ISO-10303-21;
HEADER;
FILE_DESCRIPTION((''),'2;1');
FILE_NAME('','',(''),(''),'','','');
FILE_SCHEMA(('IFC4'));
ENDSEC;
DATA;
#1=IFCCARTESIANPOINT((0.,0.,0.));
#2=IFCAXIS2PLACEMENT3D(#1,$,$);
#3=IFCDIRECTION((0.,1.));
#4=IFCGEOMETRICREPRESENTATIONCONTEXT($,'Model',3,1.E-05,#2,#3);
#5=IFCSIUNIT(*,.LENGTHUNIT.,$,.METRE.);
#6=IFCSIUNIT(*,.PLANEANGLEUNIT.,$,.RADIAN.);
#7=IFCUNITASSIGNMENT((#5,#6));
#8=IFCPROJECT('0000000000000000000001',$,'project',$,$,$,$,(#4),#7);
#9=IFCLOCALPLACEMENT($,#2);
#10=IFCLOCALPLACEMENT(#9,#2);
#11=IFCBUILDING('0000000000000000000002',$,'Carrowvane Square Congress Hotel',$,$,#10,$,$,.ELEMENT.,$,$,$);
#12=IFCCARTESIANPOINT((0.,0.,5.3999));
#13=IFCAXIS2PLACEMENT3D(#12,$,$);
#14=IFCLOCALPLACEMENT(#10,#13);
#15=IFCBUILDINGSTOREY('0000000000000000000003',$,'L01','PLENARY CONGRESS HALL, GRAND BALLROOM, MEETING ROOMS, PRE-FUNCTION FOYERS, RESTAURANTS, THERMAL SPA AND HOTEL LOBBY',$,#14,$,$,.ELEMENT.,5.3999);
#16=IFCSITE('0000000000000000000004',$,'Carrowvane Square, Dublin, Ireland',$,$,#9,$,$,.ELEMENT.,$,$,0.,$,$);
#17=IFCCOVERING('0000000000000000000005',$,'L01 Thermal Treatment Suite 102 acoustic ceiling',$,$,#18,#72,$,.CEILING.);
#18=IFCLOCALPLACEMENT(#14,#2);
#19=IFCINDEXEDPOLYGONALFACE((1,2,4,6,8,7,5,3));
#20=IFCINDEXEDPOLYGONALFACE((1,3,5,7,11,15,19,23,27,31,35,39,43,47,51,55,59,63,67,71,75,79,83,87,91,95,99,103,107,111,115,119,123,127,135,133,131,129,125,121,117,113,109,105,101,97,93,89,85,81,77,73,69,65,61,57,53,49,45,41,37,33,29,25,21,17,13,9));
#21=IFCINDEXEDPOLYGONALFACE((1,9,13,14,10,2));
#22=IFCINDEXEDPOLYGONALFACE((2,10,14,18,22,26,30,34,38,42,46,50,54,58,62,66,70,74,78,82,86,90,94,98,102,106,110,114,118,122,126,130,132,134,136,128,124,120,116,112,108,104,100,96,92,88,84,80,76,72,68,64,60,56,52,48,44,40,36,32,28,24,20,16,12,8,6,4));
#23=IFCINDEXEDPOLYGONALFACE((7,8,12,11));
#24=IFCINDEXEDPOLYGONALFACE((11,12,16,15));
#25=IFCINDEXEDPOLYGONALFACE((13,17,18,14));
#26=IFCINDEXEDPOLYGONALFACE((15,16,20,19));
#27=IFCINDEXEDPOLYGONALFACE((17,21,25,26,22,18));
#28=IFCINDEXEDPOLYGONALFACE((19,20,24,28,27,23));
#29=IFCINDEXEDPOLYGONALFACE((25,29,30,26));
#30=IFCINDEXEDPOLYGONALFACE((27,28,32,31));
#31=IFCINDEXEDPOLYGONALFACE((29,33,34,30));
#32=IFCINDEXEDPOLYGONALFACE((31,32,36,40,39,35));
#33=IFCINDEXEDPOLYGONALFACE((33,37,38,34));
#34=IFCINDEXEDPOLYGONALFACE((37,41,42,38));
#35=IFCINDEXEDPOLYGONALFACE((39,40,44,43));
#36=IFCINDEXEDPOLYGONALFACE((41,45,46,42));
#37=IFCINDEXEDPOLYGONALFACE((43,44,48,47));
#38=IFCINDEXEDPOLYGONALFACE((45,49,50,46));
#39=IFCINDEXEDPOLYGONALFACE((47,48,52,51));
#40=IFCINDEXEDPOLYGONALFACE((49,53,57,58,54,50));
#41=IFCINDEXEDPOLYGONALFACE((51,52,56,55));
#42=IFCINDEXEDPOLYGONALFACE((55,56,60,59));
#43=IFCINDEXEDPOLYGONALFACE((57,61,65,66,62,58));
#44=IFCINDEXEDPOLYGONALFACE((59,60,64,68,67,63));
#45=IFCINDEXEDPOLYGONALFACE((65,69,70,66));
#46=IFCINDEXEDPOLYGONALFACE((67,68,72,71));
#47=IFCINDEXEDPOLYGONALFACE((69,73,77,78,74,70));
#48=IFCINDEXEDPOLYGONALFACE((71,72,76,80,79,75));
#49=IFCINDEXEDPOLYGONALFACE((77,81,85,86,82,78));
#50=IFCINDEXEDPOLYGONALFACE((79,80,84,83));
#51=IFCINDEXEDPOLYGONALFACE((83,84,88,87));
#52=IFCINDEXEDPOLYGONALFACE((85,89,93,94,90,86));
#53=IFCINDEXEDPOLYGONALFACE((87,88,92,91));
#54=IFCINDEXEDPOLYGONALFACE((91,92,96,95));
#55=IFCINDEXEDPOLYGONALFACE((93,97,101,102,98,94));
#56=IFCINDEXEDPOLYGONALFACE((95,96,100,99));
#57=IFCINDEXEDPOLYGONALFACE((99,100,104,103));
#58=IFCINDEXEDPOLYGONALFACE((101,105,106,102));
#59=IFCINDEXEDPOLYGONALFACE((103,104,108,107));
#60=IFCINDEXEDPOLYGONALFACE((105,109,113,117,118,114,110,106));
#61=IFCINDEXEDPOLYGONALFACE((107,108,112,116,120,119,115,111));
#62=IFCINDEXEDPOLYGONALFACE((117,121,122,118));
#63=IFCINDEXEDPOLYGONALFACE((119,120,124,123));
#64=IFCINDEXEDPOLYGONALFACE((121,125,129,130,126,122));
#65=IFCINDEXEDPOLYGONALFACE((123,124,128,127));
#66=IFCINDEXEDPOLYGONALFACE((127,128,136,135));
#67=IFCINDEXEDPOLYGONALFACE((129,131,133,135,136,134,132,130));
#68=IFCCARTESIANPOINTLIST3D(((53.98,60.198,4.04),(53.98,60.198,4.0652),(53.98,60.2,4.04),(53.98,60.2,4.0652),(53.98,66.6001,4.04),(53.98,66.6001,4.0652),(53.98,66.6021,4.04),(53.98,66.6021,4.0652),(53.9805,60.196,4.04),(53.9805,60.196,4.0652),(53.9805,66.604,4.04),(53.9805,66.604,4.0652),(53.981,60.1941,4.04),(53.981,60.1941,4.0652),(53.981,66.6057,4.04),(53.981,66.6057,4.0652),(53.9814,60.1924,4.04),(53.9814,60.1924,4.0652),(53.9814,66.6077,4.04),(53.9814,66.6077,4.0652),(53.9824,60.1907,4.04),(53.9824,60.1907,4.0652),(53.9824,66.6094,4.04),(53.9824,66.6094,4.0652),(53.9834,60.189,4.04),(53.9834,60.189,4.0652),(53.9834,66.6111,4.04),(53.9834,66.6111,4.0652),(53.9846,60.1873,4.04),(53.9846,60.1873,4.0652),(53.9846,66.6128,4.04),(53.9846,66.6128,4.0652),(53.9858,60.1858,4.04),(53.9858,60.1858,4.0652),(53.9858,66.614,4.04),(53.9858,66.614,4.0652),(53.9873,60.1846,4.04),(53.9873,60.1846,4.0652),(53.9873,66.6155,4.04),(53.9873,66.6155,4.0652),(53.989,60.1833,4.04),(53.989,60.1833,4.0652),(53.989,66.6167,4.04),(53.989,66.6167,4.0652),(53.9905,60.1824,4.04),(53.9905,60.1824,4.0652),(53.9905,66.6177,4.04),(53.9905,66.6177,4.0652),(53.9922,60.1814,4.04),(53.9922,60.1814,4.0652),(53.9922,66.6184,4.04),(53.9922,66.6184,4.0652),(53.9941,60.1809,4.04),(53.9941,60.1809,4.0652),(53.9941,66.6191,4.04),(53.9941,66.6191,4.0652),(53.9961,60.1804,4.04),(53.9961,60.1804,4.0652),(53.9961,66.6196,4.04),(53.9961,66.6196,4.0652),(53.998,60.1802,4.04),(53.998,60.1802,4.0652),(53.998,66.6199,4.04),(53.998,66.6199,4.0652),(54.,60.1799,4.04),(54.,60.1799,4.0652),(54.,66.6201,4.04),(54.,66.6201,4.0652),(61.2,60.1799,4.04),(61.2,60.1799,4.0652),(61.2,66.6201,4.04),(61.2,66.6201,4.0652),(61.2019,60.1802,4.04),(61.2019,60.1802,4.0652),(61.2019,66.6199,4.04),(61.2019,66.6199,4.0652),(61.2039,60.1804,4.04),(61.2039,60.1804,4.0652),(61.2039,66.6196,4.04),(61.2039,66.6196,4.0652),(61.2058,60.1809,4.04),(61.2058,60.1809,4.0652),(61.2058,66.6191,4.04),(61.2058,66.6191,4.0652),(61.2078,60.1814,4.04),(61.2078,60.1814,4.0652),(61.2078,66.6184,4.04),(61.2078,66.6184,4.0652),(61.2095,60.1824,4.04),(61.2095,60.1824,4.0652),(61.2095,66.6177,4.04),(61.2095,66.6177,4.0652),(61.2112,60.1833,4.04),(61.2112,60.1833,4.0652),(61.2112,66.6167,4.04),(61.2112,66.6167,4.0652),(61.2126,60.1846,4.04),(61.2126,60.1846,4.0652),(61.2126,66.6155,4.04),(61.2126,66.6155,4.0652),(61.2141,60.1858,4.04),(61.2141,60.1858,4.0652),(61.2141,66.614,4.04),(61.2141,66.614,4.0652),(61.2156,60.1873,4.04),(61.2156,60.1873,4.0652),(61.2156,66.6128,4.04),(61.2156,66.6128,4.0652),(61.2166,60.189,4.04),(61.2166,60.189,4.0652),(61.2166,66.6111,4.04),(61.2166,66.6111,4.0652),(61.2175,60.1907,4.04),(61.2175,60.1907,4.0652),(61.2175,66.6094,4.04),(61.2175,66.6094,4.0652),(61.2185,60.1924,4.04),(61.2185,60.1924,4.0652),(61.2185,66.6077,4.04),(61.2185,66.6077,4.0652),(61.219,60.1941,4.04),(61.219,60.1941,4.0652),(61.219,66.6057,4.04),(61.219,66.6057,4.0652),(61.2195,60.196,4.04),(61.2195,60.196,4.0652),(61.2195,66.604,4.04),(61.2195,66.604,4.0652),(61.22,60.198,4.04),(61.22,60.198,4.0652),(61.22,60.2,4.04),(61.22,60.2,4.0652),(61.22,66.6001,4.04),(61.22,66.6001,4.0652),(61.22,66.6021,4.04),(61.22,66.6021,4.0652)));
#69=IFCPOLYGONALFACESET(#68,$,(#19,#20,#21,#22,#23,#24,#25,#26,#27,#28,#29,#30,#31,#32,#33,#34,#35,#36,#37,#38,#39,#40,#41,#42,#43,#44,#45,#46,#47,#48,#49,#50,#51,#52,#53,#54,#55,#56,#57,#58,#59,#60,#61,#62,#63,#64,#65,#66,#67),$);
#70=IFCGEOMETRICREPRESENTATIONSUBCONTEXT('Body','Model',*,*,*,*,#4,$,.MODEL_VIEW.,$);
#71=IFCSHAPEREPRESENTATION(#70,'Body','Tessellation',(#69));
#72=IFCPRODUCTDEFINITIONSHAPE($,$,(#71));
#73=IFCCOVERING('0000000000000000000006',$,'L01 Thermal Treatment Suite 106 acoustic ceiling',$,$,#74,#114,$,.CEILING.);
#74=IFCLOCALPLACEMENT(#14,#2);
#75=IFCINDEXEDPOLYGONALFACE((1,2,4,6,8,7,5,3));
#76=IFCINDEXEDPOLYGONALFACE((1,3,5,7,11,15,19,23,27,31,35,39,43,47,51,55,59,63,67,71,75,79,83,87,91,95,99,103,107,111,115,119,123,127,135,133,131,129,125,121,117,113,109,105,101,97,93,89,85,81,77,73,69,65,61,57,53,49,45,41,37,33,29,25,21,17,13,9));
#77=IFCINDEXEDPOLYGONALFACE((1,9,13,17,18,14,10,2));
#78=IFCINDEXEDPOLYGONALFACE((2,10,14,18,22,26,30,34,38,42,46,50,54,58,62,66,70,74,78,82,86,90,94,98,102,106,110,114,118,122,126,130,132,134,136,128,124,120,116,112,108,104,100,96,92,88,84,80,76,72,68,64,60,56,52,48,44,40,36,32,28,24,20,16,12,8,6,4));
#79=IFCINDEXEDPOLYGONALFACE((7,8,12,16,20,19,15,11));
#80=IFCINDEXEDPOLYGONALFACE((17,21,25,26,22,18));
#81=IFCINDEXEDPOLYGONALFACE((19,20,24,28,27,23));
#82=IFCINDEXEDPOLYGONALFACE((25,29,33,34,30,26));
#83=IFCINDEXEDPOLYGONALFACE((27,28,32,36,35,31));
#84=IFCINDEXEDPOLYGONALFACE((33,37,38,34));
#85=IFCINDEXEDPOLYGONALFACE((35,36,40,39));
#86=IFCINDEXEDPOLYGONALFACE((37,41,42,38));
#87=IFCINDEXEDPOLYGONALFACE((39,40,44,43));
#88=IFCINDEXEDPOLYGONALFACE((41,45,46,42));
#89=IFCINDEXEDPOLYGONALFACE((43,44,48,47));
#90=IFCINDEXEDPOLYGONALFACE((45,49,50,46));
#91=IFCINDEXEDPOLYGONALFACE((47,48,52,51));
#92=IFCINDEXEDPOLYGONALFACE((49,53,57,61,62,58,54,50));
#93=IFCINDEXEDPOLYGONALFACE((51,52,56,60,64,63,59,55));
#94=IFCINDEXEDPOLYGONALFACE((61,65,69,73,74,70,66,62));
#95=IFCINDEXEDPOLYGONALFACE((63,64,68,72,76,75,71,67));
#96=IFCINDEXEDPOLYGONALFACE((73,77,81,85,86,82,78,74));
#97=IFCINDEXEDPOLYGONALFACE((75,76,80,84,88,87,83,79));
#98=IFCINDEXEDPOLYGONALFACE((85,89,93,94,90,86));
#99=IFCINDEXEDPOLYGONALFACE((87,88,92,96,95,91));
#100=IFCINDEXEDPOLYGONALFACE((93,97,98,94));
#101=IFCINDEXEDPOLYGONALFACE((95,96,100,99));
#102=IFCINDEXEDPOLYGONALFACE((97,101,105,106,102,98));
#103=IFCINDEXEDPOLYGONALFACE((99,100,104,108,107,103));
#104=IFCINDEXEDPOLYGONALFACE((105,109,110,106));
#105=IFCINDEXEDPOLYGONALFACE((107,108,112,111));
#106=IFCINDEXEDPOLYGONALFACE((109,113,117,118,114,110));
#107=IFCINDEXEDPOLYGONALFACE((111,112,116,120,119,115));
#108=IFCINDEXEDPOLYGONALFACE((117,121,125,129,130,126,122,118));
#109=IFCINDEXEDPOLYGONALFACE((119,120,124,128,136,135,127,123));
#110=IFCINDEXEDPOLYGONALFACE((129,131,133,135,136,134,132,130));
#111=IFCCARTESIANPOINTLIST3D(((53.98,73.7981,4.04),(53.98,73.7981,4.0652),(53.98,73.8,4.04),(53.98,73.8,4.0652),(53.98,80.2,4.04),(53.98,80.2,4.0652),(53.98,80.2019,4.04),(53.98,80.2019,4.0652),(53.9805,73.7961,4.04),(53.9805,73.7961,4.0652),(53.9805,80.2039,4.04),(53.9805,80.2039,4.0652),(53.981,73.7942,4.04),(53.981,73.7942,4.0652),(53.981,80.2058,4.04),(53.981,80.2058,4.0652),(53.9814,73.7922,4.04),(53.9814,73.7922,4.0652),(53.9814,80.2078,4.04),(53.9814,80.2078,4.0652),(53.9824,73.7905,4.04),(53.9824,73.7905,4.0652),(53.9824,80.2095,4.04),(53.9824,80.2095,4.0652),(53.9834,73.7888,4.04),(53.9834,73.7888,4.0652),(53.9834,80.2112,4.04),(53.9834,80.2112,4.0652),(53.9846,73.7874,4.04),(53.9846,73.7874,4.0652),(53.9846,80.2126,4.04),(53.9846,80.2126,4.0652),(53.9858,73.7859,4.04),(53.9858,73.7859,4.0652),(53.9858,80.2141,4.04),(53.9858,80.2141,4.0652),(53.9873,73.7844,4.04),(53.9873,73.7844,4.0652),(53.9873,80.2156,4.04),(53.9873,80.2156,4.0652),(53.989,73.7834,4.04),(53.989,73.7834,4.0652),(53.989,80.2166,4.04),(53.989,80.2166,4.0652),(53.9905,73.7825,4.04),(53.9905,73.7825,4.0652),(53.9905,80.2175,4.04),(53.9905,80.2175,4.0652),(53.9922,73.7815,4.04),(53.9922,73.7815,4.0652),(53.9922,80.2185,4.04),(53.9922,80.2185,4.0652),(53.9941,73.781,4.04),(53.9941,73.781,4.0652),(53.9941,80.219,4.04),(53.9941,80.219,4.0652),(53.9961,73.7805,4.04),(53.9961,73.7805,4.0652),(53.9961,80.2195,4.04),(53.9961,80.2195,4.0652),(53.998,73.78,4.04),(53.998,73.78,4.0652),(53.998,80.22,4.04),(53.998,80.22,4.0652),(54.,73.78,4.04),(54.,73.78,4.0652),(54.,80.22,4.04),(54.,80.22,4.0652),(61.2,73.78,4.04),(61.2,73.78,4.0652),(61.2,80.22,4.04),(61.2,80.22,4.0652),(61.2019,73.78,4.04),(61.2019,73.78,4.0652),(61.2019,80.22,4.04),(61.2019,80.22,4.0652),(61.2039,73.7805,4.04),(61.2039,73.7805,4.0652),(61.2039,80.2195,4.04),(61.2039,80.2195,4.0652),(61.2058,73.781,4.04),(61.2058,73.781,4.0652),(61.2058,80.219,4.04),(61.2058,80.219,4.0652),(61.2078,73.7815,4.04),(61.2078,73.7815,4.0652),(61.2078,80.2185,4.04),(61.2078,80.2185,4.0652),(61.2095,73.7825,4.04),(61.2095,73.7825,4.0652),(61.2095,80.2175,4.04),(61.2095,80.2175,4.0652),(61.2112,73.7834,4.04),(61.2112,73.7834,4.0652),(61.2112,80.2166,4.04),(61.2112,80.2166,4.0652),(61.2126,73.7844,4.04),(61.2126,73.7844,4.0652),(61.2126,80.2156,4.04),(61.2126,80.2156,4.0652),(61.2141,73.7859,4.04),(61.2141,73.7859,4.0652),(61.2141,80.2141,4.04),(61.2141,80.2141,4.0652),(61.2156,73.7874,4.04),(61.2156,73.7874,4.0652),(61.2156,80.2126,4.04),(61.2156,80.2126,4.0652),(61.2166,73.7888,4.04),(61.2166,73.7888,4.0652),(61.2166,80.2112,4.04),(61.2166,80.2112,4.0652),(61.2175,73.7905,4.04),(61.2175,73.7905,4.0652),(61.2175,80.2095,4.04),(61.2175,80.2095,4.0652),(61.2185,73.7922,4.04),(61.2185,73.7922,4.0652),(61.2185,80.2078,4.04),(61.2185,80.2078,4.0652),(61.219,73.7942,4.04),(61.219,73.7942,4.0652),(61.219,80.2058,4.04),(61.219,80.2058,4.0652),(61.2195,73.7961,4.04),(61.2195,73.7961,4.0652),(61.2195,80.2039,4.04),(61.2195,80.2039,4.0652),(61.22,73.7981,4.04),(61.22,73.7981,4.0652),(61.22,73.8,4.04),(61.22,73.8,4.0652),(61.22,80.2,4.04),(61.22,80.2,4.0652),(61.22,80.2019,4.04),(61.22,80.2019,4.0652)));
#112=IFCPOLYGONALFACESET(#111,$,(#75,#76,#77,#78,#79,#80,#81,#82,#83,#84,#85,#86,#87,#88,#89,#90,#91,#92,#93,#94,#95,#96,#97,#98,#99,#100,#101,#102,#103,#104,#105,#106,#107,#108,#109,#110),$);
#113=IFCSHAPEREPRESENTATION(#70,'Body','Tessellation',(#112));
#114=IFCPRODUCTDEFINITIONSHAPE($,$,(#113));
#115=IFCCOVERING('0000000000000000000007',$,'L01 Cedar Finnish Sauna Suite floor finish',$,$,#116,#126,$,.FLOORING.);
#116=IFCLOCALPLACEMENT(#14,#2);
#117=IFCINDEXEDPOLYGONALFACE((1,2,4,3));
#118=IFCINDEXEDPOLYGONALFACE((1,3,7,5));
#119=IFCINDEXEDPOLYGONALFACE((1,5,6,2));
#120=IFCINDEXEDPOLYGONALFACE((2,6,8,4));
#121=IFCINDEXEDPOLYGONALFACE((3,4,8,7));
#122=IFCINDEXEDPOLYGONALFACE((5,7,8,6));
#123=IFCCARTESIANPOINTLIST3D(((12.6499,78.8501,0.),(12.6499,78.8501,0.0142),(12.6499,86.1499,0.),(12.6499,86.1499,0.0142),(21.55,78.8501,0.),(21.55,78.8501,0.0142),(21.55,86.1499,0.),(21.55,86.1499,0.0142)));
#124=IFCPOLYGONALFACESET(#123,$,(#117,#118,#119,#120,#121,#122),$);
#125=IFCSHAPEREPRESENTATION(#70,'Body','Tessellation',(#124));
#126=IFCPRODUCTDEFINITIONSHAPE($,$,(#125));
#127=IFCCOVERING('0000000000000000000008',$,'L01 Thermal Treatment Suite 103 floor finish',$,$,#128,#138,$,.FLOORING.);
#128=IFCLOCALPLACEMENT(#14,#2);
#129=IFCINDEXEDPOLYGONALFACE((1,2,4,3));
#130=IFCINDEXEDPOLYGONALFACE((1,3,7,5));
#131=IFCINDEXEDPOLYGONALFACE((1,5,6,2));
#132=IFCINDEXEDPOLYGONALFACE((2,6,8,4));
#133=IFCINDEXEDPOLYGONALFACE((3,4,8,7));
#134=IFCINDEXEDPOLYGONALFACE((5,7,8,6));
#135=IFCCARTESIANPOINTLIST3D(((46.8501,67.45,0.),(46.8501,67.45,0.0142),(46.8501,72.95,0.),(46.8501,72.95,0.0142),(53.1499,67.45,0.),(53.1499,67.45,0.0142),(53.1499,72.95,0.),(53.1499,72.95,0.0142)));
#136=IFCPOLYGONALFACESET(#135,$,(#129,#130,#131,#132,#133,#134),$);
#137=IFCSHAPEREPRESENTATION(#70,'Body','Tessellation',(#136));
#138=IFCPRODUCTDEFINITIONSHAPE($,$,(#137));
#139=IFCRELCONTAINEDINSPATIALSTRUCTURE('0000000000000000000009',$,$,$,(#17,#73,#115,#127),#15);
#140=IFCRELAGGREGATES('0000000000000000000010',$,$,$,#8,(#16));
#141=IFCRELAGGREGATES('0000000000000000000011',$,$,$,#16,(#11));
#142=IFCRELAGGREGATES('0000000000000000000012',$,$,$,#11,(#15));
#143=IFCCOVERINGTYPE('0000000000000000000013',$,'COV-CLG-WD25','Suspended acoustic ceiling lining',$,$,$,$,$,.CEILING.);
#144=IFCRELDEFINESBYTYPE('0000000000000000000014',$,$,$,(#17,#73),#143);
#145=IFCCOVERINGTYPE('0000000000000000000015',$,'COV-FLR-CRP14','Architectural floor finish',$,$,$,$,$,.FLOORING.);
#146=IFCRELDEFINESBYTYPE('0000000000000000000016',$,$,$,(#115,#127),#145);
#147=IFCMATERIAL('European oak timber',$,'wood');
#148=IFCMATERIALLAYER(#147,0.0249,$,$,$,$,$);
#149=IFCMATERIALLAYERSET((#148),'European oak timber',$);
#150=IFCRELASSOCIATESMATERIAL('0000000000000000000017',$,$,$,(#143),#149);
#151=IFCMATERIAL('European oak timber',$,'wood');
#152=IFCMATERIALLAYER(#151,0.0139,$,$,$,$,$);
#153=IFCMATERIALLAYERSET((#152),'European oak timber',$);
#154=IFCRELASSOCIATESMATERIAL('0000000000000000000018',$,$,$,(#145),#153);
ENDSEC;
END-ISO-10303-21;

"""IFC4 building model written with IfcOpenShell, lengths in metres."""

from ifc_helpers import new_model, si_unit, direction, frame, origin, place, context, subcontext, project, spatial, polyline, outline, extrude, material, layer, layer_set, type_object, element, save


model = new_model("IFC4")

# Units and contexts
model_context = context("Model", 3, precision=1e-05, world=origin(), true_north=direction((0.0, 1.0)))
body_context = subcontext(model_context, "Body", "Model", "MODEL_VIEW")
ifc_project = project(units=[si_unit("LENGTHUNIT", "METRE"), si_unit("PLANEANGLEUNIT", "RADIAN")], contexts=[model_context])

# Site, building, storey
site_placement = place(None, origin())
site = spatial("IfcSite", under=ifc_project, at=site_placement, Name="Carrowvane Square, Dublin, Ireland", CompositionType="ELEMENT", RefElevation=0.0)
building_placement = place(site_placement, origin())
building = spatial("IfcBuilding", under=site, at=building_placement, Name="Carrowvane Square Congress Hotel", CompositionType="ELEMENT")
storey_placement = place(building_placement, frame((0.0, 0.0, 5.3999)))
storey = spatial("IfcBuildingStorey", under=building, at=storey_placement, Name="L01", Description="PLENARY CONGRESS HALL, GRAND BALLROOM, MEETING ROOMS, PRE-FUNCTION FOYERS, RESTAURANTS, THERMAL SPA AND HOTEL LOBBY", CompositionType="ELEMENT", Elevation=5.3999)

# Coverings
ifc_material_1 = material(Name="European oak timber", Category="wood")
ifc_layer_1 = layer(ifc_material_1, 0.0249)
ifc_layer_set_1 = layer_set([ifc_layer_1], Name="European oak timber")
covering_type_1 = type_object("IfcCoveringType", Name="COV-CLG-WD25", Description="Suspended acoustic ceiling lining", PredefinedType="CEILING", material=ifc_layer_set_1)
covering_1_placement = place(storey_placement, frame((0.0, 0.0, 4.04)))
element("IfcCovering", 1, at=covering_1_placement, inside=storey, type_object=covering_type_1, Name="L01 Thermal Treatment Suite 102 acoustic ceiling", PredefinedType="CEILING", context=body_context, shape_type="SweptSolid", body=[
    extrude(outline(polyline([(53.98, 66.6021), (53.9805, 66.604), (53.981, 66.6057), (53.9814, 66.6077), (53.9824, 66.6094), (53.9834, 66.6111), (53.9846, 66.6128), (53.9858, 66.614), (53.9873, 66.6155), (53.989, 66.6167), (53.9905, 66.6177), (53.9922, 66.6184), (53.9941, 66.6191), (53.9961, 66.6196), (53.998, 66.6199), (54.0, 66.6201), (61.2, 66.6201), (61.2019, 66.6199), (61.2039, 66.6196), (61.2058, 66.6191), (61.2078, 66.6184), (61.2095, 66.6177), (61.2112, 66.6167), (61.2126, 66.6155), (61.2141, 66.614), (61.2156, 66.6128), (61.2166, 66.6111), (61.2175, 66.6094), (61.2185, 66.6077), (61.219, 66.6057), (61.2195, 66.604), (61.22, 66.6021), (61.22, 66.6001), (61.22, 60.2), (61.22, 60.198), (61.2195, 60.196), (61.219, 60.1941), (61.2185, 60.1924), (61.2175, 60.1907), (61.2166, 60.189), (61.2156, 60.1873), (61.2141, 60.1858), (61.2126, 60.1846), (61.2112, 60.1833), (61.2095, 60.1824), (61.2078, 60.1814), (61.2058, 60.1809), (61.2039, 60.1804), (61.2019, 60.1802), (61.2, 60.1799), (54.0, 60.1799), (53.998, 60.1802), (53.9961, 60.1804), (53.9941, 60.1809), (53.9922, 60.1814), (53.9905, 60.1824), (53.989, 60.1833), (53.9873, 60.1846), (53.9858, 60.1858), (53.9846, 60.1873), (53.9834, 60.189), (53.9824, 60.1907), (53.9814, 60.1924), (53.981, 60.1941), (53.9805, 60.196), (53.98, 60.198), (53.98, 60.2), (53.98, 66.6001), (53.98, 66.6021)])), origin(), (0.0, 0.0, 1.0), 0.0251),
])
covering_2_placement = place(storey_placement, frame((0.0, 0.0, 4.04)))
element("IfcCovering", 2, at=covering_2_placement, inside=storey, type_object=covering_type_1, Name="L01 Thermal Treatment Suite 106 acoustic ceiling", PredefinedType="CEILING", context=body_context, shape_type="SweptSolid", body=[
    extrude(outline(polyline([(53.98, 80.2019), (53.9805, 80.2039), (53.981, 80.2058), (53.9814, 80.2078), (53.9824, 80.2095), (53.9834, 80.2112), (53.9846, 80.2126), (53.9858, 80.2141), (53.9873, 80.2156), (53.989, 80.2166), (53.9905, 80.2175), (53.9922, 80.2185), (53.9941, 80.219), (53.9961, 80.2195), (53.998, 80.22), (54.0, 80.22), (61.2, 80.22), (61.2019, 80.22), (61.2039, 80.2195), (61.2058, 80.219), (61.2078, 80.2185), (61.2095, 80.2175), (61.2112, 80.2166), (61.2126, 80.2156), (61.2141, 80.2141), (61.2156, 80.2126), (61.2166, 80.2112), (61.2175, 80.2095), (61.2185, 80.2078), (61.219, 80.2058), (61.2195, 80.2039), (61.22, 80.2019), (61.22, 80.2), (61.22, 73.8), (61.22, 73.7981), (61.2195, 73.7961), (61.219, 73.7942), (61.2185, 73.7922), (61.2175, 73.7905), (61.2166, 73.7888), (61.2156, 73.7874), (61.2141, 73.7859), (61.2126, 73.7844), (61.2112, 73.7834), (61.2095, 73.7825), (61.2078, 73.7815), (61.2058, 73.781), (61.2039, 73.7805), (61.2019, 73.78), (61.2, 73.78), (54.0, 73.78), (53.998, 73.78), (53.9961, 73.7805), (53.9941, 73.781), (53.9922, 73.7815), (53.9905, 73.7825), (53.989, 73.7834), (53.9873, 73.7844), (53.9858, 73.7859), (53.9846, 73.7874), (53.9834, 73.7888), (53.9824, 73.7905), (53.9814, 73.7922), (53.981, 73.7942), (53.9805, 73.7961), (53.98, 73.7981), (53.98, 73.8), (53.98, 80.2), (53.98, 80.2019)])), origin(), (0.0, 0.0, 1.0), 0.0251),
])
ifc_material_2 = material(Name="European oak timber", Category="wood")
ifc_layer_2 = layer(ifc_material_2, 0.0139)
ifc_layer_set_2 = layer_set([ifc_layer_2], Name="European oak timber")
covering_type_2 = type_object("IfcCoveringType", Name="COV-FLR-CRP14", Description="Architectural floor finish", PredefinedType="FLOORING", material=ifc_layer_set_2)
covering_3_placement = place(storey_placement, origin())
element("IfcCovering", 3, at=covering_3_placement, inside=storey, type_object=covering_type_2, Name="L01 Cedar Finnish Sauna Suite floor finish", PredefinedType="FLOORING", context=body_context, shape_type="SweptSolid", body=[
    extrude(outline(polyline([(21.55, 86.1499), (21.55, 78.8501), (12.6499, 78.8501), (12.6499, 86.1499), (21.55, 86.1499)])), origin(), (0.0, 0.0, 1.0), 0.0142),
])
covering_4_placement = place(storey_placement, origin())
element("IfcCovering", 4, at=covering_4_placement, inside=storey, type_object=covering_type_2, Name="L01 Thermal Treatment Suite 103 floor finish", PredefinedType="FLOORING", context=body_context, shape_type="SweptSolid", body=[
    extrude(outline(polyline([(53.1499, 72.95), (53.1499, 67.45), (46.8501, 67.45), (46.8501, 72.95), (53.1499, 72.95)])), origin(), (0.0, 0.0, 1.0), 0.0142),
])

save(model, "model.ifc")
